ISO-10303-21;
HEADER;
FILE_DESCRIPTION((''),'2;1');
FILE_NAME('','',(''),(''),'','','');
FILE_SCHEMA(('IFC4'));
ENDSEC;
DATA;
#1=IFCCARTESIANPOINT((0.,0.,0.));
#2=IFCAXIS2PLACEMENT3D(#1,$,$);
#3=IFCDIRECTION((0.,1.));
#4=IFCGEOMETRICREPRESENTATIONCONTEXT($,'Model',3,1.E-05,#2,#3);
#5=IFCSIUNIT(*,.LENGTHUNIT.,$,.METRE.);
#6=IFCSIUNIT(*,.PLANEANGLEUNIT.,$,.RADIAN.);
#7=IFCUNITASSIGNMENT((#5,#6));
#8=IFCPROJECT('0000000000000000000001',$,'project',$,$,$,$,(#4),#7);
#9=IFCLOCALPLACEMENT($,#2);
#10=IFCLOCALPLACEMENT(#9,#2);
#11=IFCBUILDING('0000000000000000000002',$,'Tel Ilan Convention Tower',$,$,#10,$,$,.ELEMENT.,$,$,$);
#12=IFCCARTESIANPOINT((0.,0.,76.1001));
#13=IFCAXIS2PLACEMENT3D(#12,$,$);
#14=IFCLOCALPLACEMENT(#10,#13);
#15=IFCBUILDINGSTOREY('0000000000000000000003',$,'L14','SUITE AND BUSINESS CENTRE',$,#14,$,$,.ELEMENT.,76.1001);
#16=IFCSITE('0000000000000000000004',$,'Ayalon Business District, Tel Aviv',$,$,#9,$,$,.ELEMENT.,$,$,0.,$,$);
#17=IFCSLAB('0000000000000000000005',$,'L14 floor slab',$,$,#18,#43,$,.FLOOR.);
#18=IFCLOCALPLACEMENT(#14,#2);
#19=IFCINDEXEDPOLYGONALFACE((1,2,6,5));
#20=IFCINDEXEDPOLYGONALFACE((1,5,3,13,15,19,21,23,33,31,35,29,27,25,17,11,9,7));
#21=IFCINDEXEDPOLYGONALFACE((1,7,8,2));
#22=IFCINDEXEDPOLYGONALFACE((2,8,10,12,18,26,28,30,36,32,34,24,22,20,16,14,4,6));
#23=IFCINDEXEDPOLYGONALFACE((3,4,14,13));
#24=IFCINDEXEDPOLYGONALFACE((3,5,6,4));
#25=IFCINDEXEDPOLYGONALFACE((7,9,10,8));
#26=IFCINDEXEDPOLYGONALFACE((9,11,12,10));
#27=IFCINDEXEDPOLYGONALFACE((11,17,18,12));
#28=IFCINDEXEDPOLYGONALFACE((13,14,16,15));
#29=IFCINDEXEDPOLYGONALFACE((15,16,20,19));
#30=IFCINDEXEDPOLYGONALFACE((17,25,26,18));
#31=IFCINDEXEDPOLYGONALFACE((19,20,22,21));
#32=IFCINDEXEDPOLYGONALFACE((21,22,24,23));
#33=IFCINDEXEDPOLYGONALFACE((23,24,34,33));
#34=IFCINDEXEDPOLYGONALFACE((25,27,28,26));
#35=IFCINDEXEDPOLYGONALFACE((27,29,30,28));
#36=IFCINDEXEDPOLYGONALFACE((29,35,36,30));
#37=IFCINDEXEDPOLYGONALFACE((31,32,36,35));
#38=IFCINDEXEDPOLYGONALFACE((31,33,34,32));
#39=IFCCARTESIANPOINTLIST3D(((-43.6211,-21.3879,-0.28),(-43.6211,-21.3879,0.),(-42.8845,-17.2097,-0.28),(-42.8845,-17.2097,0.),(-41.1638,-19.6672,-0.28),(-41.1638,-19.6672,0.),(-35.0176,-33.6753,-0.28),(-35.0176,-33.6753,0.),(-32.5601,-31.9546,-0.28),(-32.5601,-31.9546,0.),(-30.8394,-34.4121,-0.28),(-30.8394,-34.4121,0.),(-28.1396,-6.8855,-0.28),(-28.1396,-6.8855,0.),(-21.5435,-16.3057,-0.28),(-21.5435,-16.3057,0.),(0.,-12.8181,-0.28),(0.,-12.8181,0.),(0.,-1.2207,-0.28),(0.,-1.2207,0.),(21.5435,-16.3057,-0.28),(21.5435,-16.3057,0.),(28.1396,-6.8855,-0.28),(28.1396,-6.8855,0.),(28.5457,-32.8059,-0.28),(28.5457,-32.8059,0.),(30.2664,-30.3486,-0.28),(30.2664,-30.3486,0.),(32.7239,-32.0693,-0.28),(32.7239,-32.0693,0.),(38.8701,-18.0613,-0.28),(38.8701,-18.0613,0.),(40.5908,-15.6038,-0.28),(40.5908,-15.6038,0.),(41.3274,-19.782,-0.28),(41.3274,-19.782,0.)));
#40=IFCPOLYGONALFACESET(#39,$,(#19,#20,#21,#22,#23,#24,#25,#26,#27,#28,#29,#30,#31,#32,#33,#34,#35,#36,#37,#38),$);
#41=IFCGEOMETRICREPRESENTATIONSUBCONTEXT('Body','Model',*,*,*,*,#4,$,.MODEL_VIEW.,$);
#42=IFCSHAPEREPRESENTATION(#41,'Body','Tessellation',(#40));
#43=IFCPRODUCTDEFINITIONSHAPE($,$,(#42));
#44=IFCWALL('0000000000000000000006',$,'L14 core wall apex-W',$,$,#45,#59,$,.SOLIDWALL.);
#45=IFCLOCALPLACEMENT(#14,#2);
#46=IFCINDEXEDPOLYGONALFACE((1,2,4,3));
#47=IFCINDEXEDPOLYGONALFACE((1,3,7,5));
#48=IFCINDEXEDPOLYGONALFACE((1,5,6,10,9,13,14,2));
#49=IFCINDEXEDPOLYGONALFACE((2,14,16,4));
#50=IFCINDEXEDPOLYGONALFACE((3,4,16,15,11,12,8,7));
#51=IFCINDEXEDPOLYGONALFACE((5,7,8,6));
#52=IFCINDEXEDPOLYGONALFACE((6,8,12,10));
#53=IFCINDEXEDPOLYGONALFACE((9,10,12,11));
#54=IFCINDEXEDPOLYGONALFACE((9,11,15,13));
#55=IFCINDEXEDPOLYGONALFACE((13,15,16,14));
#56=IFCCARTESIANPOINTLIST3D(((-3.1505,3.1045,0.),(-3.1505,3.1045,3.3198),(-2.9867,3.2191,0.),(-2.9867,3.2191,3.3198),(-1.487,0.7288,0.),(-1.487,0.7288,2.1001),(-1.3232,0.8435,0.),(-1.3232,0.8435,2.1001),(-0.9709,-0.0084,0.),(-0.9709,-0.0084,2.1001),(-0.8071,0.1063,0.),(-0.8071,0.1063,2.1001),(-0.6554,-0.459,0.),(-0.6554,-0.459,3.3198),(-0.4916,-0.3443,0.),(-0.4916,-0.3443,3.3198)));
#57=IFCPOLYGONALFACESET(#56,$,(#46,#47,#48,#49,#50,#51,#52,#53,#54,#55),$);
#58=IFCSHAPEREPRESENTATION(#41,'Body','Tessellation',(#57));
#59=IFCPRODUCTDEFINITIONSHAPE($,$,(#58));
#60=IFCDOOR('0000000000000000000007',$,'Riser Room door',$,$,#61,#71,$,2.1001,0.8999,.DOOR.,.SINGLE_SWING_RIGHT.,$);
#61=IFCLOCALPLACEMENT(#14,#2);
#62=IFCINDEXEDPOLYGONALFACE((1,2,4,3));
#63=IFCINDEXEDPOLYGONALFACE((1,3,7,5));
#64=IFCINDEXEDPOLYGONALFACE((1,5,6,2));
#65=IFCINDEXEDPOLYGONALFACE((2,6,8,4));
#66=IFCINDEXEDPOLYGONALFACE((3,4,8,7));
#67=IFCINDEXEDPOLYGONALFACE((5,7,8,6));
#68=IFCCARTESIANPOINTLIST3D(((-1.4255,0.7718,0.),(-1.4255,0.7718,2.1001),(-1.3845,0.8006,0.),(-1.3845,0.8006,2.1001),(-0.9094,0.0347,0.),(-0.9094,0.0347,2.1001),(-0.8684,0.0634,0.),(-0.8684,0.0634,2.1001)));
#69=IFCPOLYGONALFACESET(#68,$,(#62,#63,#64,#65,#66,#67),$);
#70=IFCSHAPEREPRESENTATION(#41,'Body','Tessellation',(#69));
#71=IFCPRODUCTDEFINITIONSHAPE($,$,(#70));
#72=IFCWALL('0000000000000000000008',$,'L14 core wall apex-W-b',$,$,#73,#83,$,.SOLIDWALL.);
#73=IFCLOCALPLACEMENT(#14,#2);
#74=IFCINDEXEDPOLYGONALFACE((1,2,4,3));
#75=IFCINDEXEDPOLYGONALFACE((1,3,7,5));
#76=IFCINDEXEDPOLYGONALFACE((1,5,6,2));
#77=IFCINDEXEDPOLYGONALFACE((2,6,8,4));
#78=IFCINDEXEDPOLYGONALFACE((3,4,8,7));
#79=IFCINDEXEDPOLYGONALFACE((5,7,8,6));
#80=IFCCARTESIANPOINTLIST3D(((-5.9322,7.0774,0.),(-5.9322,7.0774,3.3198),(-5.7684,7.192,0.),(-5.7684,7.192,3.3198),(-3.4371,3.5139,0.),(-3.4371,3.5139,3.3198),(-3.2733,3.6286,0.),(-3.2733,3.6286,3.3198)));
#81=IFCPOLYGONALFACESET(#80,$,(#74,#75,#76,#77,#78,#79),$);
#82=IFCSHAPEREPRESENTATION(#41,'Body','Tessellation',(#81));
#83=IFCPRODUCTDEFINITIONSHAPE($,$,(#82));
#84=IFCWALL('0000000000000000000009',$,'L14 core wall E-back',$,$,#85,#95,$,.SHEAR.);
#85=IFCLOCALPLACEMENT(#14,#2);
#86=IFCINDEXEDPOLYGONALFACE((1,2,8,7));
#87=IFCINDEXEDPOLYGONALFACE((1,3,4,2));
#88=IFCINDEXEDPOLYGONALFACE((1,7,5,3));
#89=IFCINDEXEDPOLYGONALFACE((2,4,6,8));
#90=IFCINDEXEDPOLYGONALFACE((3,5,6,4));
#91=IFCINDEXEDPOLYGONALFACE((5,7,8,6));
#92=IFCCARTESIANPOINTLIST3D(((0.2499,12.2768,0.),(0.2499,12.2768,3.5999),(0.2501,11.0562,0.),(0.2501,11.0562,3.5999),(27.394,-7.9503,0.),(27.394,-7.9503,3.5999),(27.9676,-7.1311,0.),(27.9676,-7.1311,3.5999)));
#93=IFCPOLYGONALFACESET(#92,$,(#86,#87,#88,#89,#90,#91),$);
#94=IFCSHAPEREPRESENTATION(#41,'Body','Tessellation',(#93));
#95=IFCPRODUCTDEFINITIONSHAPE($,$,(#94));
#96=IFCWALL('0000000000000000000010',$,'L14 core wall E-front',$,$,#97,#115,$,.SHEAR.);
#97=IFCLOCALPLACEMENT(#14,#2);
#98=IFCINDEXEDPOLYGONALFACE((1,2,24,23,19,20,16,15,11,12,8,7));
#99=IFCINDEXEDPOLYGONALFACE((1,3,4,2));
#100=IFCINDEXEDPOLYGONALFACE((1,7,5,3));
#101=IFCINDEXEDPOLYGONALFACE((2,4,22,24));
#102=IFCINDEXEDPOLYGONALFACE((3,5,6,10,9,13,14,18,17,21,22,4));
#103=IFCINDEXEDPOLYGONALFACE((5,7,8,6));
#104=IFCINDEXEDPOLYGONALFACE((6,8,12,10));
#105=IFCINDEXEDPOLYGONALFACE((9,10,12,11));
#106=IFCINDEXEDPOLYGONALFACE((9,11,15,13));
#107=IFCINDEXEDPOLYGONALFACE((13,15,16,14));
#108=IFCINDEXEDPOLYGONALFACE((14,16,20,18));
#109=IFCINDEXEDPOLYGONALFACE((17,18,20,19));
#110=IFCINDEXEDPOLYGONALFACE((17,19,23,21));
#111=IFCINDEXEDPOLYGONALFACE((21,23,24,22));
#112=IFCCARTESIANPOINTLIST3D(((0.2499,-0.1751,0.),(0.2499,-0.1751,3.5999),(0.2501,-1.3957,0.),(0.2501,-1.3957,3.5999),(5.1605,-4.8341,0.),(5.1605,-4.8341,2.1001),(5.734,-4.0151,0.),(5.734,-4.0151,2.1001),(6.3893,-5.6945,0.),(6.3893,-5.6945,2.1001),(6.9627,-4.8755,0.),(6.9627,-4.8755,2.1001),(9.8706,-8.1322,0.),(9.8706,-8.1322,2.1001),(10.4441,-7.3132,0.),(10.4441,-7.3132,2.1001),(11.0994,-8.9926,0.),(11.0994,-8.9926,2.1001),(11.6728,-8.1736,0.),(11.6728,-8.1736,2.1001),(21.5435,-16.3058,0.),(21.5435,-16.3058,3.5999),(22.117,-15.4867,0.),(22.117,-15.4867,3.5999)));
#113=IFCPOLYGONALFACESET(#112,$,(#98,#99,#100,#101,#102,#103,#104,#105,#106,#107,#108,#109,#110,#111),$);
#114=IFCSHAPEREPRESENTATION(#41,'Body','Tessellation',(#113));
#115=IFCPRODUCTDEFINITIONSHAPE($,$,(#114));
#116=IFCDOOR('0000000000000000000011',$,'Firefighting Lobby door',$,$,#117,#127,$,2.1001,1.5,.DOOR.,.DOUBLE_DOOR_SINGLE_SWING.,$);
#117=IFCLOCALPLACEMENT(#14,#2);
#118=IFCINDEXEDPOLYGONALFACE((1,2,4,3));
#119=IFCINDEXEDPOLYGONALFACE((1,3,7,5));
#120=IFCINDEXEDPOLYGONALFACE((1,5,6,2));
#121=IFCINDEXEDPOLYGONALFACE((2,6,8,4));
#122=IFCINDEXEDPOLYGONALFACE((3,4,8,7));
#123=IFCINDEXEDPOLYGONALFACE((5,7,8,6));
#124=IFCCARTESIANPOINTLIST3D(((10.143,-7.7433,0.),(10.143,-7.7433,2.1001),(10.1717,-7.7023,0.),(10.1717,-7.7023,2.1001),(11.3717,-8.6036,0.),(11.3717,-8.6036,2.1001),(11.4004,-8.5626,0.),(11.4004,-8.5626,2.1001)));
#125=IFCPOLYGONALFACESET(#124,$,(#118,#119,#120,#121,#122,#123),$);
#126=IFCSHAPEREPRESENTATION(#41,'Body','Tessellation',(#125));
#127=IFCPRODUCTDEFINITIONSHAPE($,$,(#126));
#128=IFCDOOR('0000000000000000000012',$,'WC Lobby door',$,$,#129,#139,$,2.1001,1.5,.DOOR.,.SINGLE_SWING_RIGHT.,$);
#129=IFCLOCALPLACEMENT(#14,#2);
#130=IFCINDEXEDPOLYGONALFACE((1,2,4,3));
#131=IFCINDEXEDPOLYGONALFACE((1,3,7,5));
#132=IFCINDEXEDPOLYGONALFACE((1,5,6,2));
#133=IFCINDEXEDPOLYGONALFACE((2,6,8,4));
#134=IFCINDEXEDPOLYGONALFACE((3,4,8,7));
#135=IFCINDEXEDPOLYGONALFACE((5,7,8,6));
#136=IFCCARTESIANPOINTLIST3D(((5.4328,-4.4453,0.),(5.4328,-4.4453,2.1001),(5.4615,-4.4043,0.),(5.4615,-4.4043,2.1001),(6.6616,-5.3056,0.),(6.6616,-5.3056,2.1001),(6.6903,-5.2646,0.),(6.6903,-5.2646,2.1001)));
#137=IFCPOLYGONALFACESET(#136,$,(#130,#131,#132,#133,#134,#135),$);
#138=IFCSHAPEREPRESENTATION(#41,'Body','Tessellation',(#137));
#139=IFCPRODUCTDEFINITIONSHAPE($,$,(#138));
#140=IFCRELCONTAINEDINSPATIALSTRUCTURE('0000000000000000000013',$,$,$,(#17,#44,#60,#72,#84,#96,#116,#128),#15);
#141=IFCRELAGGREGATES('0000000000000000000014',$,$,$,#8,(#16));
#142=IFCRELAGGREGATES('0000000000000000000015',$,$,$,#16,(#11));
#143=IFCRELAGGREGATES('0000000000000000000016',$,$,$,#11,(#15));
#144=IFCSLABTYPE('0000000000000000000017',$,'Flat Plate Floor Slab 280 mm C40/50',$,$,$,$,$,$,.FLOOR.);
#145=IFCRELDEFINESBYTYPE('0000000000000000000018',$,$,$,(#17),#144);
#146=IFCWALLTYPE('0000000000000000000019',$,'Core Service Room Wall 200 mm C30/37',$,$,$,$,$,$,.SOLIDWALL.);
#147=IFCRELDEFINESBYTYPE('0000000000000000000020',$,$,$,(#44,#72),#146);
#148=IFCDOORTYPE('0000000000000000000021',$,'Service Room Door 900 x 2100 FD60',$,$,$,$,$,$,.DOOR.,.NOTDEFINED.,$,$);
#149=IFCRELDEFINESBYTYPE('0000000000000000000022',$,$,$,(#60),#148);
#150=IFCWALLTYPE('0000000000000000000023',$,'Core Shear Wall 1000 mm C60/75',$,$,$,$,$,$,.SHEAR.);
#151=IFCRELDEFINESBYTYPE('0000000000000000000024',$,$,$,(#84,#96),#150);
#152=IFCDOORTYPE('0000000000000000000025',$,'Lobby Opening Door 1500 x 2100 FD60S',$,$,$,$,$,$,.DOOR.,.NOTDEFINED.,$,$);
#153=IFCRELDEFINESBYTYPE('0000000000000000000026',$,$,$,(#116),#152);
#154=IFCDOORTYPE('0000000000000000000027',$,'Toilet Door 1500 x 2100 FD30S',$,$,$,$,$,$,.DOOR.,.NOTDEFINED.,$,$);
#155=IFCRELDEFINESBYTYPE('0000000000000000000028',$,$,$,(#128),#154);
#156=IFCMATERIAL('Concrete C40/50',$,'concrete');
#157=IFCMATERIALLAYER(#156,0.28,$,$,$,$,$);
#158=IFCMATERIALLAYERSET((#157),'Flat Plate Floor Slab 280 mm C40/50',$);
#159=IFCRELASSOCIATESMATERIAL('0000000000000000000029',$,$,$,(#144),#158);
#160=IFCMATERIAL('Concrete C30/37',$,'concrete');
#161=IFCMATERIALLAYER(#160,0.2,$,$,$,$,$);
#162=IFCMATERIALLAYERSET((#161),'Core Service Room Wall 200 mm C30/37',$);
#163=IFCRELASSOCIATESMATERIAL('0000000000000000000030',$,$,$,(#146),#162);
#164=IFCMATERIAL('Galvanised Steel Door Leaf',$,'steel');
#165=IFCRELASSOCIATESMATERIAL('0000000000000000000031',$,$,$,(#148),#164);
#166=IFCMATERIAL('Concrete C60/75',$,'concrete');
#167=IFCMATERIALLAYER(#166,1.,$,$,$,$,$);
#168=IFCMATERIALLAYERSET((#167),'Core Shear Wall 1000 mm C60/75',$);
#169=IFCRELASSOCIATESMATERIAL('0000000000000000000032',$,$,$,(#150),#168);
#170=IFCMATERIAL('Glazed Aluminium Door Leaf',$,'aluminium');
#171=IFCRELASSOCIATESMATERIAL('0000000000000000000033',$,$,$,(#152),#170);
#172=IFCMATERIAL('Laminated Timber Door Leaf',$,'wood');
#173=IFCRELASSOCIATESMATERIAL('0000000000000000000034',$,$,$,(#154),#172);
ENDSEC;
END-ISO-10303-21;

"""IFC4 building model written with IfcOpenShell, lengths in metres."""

from ifc_helpers import new_model, si_unit, direction, frame, frame_2d, origin, place, context, subcontext, project, spatial, polyline, rectangle, outline, extrude, material, layer, layer_set, type_object, element, fill, save


model = new_model("IFC4")

# Units and contexts
model_context = context("Model", 3, precision=1e-05, world=origin(), true_north=direction((0.0, 1.0)))
body_context = subcontext(model_context, "Body", "Model", "MODEL_VIEW")
ifc_project = project(units=[si_unit("LENGTHUNIT", "METRE"), si_unit("PLANEANGLEUNIT", "RADIAN")], contexts=[model_context])

# Site, building, storey
site_placement = place(None, origin())
site = spatial("IfcSite", under=ifc_project, at=site_placement, Name="Ayalon Business District, Tel Aviv", CompositionType="ELEMENT", RefElevation=0.0)
building_placement = place(site_placement, origin())
building = spatial("IfcBuilding", under=site, at=building_placement, Name="Tel Ilan Convention Tower", CompositionType="ELEMENT")
storey_placement = place(building_placement, frame((0.0, 0.0, 76.1001)))
storey = spatial("IfcBuildingStorey", under=building, at=storey_placement, Name="L14", Description="SUITE AND BUSINESS CENTRE", CompositionType="ELEMENT", Elevation=76.1001)

# Slab
ifc_material_1 = material(Name="Concrete C40/50", Category="concrete")
ifc_layer_1 = layer(ifc_material_1, 0.28)
ifc_layer_set_1 = layer_set([ifc_layer_1], Name="Flat Plate Floor Slab 280 mm C40/50")
slab_type_1 = type_object("IfcSlabType", Name="Flat Plate Floor Slab 280 mm C40/50", PredefinedType="FLOOR", material=ifc_layer_set_1)
slab_1_placement = place(storey_placement, frame((0.0, 0.0, -0.28)))
element("IfcSlab", 1, at=slab_1_placement, inside=storey, type_object=slab_type_1, Name="L14 floor slab", PredefinedType="FLOOR", context=body_context, shape_type="SweptSolid", body=[
    extrude(outline(polyline([(38.8701, -18.0613), (41.3274, -19.782), (32.7239, -32.0693), (30.2664, -30.3486), (28.5457, -32.8059), (0.0, -12.8181), (-30.8394, -34.4121), (-32.5601, -31.9546), (-35.0176, -33.6753), (-43.6211, -21.3879), (-41.1638, -19.6672), (-42.8845, -17.2097), (-28.1396, -6.8855), (-21.5435, -16.3057), (0.0, -1.2207), (21.5435, -16.3057), (28.1396, -6.8855), (40.5908, -15.6038), (38.8701, -18.0613)])), origin(), (0.0, 0.0, 1.0), 0.28),
])

# Wall, opening, door
ifc_material_2 = material(Name="Concrete C30/37", Category="concrete")
ifc_layer_2 = layer(ifc_material_2, 0.2)
ifc_layer_set_2 = layer_set([ifc_layer_2], Name="Core Service Room Wall 200 mm C30/37")
wall_type_1 = type_object("IfcWallType", Name="Core Service Room Wall 200 mm C30/37", PredefinedType="SOLIDWALL", material=ifc_layer_set_2)
wall_1_placement = place(storey_placement, frame((-0.5735, -0.4016, 0.0), z_axis=(0.0, 0.0, 1.0), x_axis=(-0.573568, 0.819158, 0.0)))
wall_1 = element("IfcWall", 2, at=wall_1_placement, inside=storey, type_object=wall_type_1, Name="L14 core wall apex-W", PredefinedType="SOLIDWALL", context=body_context, shape_type="SweptSolid", body=[
    extrude(rectangle(XDim=4.3501, YDim=0.2, at=frame_2d((2.175, 0.0))), origin(), (0.0, 0.0, 1.0), 3.3198),
])
opening_1_placement = place(wall_1_placement, frame((0.55, 0.0, 0.0)))
opening_1 = element("IfcOpeningElement", 3, at=opening_1_placement, cuts=wall_1, PredefinedType="OPENING", context=body_context, shape_type="SweptSolid", body=[
    extrude(rectangle(XDim=0.8999, YDim=2.1001, at=frame_2d((0.45, 1.05))), frame((0.0, 0.1099, 0.0), z_axis=(0.0, -1.0, 0.0), x_axis=(1.0, 0.0, 0.0)), (0.0, 0.0, 1.0), 0.22),
])
ifc_material_3 = material(Name="Galvanised Steel Door Leaf", Category="steel")
door_type_1 = type_object("IfcDoorType", Name="Service Room Door 900 x 2100 FD60", OperationType="NOTDEFINED", PredefinedType="DOOR", material=ifc_material_3)
door_1_placement = place(opening_1_placement, origin())
door_1 = element("IfcDoor", 4, at=door_1_placement, inside=storey, type_object=door_type_1, Name="Riser Room door", OperationType="SINGLE_SWING_RIGHT", OverallHeight=2.1001, OverallWidth=0.8999, PredefinedType="DOOR", context=body_context, shape_type="SweptSolid", body=[
    extrude(rectangle(XDim=0.8999, YDim=2.1001, at=frame_2d((0.45, 1.05))), frame((0.0, 0.0249, 0.0), z_axis=(0.0, -1.0, 0.0), x_axis=(1.0, 0.0, 0.0)), (0.0, 0.0, 1.0), 0.05),
])
fill(opening_1, door_1)

# Walls
wall_2_placement = place(storey_placement, frame((-3.3552, 3.5713, 0.0), z_axis=(0.0, 0.0, 1.0), x_axis=(-0.573568, 0.819158, 0.0)))
element("IfcWall", 5, at=wall_2_placement, inside=storey, type_object=wall_type_1, Name="L14 core wall apex-W-b", PredefinedType="SOLIDWALL", context=body_context, shape_type="SweptSolid", body=[
    extrude(rectangle(XDim=4.3501, YDim=0.2, at=frame_2d((2.175, 0.0))), origin(), (0.0, 0.0, 1.0), 3.3198),
])
ifc_material_4 = material(Name="Concrete C60/75", Category="concrete")
ifc_layer_3 = layer(ifc_material_4, 1.0)
ifc_layer_set_3 = layer_set([ifc_layer_3], Name="Core Shear Wall 1000 mm C60/75")
wall_type_2 = type_object("IfcWallType", Name="Core Shear Wall 1000 mm C60/75", PredefinedType="SHEAR", material=ifc_layer_set_3)
wall_3_placement = place(storey_placement, frame((-0.0369, 11.8672, 0.0), z_axis=(0.0, 0.0, 1.0), x_axis=(0.819155, -0.573572, 0.0)))
element("IfcWall", 6, at=wall_3_placement, inside=storey, type_object=wall_type_2, Name="L14 core wall E-back", PredefinedType="SHEAR", context=body_context, shape_type="SweptSolid", body=[
    extrude(outline(polyline([(33.8369, 0.5), (0.0, 0.5), (0.7002, -0.4998), (33.8369, -0.5), (33.8369, 0.5)])), origin(), (0.0, 0.0, 1.0), 3.5999),
])

# Wall, openings, doors
wall_4_placement = place(storey_placement, frame((-0.0369, -0.5847, 0.0), z_axis=(0.0, 0.0, 1.0), x_axis=(0.819157, -0.573569, 0.0)))
wall_4 = element("IfcWall", 7, at=wall_4_placement, inside=storey, type_object=wall_type_2, Name="L14 core wall E-front", PredefinedType="SHEAR", context=body_context, shape_type="SweptSolid", body=[
    extrude(outline(polyline([(26.6948, 0.4998), (0.0, 0.5), (0.7002, -0.4998), (26.6948, -0.5002), (26.6948, 0.4998)])), origin(), (0.0, 0.0, 1.0), 3.5999),
])
opening_2_placement = place(wall_4_placement, frame((6.6948, 0.0, 0.0)))
opening_2 = element("IfcOpeningElement", 8, at=opening_2_placement, cuts=wall_4, PredefinedType="OPENING", context=body_context, shape_type="SweptSolid", body=[
    extrude(rectangle(XDim=1.5, YDim=2.1001, at=frame_2d((0.75, 1.05))), frame((0.0, 0.51, 0.0), z_axis=(0.0, -1.0, 0.0), x_axis=(1.0, 0.0, 0.0)), (0.0, 0.0, 1.0), 1.02),
])
opening_3_placement = place(wall_4_placement, frame((12.4448, 0.0, 0.0)))
opening_3 = element("IfcOpeningElement", 9, at=opening_3_placement, cuts=wall_4, PredefinedType="OPENING", context=body_context, shape_type="SweptSolid", body=[
    extrude(rectangle(XDim=1.5, YDim=2.1001, at=frame_2d((0.75, 1.05))), frame((0.0, 0.51, 0.0), z_axis=(0.0, -1.0, 0.0), x_axis=(1.0, 0.0, 0.0)), (0.0, 0.0, 1.0), 1.02),
])
ifc_material_5 = material(Name="Glazed Aluminium Door Leaf", Category="aluminium")
door_type_2 = type_object("IfcDoorType", Name="Lobby Opening Door 1500 x 2100 FD60S", OperationType="NOTDEFINED", PredefinedType="DOOR", material=ifc_material_5)
door_2_placement = place(opening_3_placement, origin())
door_2 = element("IfcDoor", 10, at=door_2_placement, inside=storey, type_object=door_type_2, Name="Firefighting Lobby door", OperationType="DOUBLE_DOOR_SINGLE_SWING", OverallHeight=2.1001, OverallWidth=1.5, PredefinedType="DOOR", context=body_context, shape_type="SweptSolid", body=[
    extrude(rectangle(XDim=1.5, YDim=2.1001, at=frame_2d((0.75, 1.05))), frame((0.0, 0.0249, 0.0), z_axis=(0.0, -1.0, 0.0), x_axis=(1.0, 0.0, 0.0)), (0.0, 0.0, 1.0), 0.05),
])
fill(opening_3, door_2)
ifc_material_6 = material(Name="Laminated Timber Door Leaf", Category="wood")
door_type_3 = type_object("IfcDoorType", Name="Toilet Door 1500 x 2100 FD30S", OperationType="NOTDEFINED", PredefinedType="DOOR", material=ifc_material_6)
door_3_placement = place(opening_2_placement, origin())
door_3 = element("IfcDoor", 11, at=door_3_placement, inside=storey, type_object=door_type_3, Name="WC Lobby door", OperationType="SINGLE_SWING_RIGHT", OverallHeight=2.1001, OverallWidth=1.5, PredefinedType="DOOR", context=body_context, shape_type="SweptSolid", body=[
    extrude(rectangle(XDim=1.5, YDim=2.1001, at=frame_2d((0.75, 1.05))), frame((0.0, 0.0249, 0.0), z_axis=(0.0, -1.0, 0.0), x_axis=(1.0, 0.0, 0.0)), (0.0, 0.0, 1.0), 0.05),
])
fill(opening_2, door_3)

save(model, "model.ifc")
